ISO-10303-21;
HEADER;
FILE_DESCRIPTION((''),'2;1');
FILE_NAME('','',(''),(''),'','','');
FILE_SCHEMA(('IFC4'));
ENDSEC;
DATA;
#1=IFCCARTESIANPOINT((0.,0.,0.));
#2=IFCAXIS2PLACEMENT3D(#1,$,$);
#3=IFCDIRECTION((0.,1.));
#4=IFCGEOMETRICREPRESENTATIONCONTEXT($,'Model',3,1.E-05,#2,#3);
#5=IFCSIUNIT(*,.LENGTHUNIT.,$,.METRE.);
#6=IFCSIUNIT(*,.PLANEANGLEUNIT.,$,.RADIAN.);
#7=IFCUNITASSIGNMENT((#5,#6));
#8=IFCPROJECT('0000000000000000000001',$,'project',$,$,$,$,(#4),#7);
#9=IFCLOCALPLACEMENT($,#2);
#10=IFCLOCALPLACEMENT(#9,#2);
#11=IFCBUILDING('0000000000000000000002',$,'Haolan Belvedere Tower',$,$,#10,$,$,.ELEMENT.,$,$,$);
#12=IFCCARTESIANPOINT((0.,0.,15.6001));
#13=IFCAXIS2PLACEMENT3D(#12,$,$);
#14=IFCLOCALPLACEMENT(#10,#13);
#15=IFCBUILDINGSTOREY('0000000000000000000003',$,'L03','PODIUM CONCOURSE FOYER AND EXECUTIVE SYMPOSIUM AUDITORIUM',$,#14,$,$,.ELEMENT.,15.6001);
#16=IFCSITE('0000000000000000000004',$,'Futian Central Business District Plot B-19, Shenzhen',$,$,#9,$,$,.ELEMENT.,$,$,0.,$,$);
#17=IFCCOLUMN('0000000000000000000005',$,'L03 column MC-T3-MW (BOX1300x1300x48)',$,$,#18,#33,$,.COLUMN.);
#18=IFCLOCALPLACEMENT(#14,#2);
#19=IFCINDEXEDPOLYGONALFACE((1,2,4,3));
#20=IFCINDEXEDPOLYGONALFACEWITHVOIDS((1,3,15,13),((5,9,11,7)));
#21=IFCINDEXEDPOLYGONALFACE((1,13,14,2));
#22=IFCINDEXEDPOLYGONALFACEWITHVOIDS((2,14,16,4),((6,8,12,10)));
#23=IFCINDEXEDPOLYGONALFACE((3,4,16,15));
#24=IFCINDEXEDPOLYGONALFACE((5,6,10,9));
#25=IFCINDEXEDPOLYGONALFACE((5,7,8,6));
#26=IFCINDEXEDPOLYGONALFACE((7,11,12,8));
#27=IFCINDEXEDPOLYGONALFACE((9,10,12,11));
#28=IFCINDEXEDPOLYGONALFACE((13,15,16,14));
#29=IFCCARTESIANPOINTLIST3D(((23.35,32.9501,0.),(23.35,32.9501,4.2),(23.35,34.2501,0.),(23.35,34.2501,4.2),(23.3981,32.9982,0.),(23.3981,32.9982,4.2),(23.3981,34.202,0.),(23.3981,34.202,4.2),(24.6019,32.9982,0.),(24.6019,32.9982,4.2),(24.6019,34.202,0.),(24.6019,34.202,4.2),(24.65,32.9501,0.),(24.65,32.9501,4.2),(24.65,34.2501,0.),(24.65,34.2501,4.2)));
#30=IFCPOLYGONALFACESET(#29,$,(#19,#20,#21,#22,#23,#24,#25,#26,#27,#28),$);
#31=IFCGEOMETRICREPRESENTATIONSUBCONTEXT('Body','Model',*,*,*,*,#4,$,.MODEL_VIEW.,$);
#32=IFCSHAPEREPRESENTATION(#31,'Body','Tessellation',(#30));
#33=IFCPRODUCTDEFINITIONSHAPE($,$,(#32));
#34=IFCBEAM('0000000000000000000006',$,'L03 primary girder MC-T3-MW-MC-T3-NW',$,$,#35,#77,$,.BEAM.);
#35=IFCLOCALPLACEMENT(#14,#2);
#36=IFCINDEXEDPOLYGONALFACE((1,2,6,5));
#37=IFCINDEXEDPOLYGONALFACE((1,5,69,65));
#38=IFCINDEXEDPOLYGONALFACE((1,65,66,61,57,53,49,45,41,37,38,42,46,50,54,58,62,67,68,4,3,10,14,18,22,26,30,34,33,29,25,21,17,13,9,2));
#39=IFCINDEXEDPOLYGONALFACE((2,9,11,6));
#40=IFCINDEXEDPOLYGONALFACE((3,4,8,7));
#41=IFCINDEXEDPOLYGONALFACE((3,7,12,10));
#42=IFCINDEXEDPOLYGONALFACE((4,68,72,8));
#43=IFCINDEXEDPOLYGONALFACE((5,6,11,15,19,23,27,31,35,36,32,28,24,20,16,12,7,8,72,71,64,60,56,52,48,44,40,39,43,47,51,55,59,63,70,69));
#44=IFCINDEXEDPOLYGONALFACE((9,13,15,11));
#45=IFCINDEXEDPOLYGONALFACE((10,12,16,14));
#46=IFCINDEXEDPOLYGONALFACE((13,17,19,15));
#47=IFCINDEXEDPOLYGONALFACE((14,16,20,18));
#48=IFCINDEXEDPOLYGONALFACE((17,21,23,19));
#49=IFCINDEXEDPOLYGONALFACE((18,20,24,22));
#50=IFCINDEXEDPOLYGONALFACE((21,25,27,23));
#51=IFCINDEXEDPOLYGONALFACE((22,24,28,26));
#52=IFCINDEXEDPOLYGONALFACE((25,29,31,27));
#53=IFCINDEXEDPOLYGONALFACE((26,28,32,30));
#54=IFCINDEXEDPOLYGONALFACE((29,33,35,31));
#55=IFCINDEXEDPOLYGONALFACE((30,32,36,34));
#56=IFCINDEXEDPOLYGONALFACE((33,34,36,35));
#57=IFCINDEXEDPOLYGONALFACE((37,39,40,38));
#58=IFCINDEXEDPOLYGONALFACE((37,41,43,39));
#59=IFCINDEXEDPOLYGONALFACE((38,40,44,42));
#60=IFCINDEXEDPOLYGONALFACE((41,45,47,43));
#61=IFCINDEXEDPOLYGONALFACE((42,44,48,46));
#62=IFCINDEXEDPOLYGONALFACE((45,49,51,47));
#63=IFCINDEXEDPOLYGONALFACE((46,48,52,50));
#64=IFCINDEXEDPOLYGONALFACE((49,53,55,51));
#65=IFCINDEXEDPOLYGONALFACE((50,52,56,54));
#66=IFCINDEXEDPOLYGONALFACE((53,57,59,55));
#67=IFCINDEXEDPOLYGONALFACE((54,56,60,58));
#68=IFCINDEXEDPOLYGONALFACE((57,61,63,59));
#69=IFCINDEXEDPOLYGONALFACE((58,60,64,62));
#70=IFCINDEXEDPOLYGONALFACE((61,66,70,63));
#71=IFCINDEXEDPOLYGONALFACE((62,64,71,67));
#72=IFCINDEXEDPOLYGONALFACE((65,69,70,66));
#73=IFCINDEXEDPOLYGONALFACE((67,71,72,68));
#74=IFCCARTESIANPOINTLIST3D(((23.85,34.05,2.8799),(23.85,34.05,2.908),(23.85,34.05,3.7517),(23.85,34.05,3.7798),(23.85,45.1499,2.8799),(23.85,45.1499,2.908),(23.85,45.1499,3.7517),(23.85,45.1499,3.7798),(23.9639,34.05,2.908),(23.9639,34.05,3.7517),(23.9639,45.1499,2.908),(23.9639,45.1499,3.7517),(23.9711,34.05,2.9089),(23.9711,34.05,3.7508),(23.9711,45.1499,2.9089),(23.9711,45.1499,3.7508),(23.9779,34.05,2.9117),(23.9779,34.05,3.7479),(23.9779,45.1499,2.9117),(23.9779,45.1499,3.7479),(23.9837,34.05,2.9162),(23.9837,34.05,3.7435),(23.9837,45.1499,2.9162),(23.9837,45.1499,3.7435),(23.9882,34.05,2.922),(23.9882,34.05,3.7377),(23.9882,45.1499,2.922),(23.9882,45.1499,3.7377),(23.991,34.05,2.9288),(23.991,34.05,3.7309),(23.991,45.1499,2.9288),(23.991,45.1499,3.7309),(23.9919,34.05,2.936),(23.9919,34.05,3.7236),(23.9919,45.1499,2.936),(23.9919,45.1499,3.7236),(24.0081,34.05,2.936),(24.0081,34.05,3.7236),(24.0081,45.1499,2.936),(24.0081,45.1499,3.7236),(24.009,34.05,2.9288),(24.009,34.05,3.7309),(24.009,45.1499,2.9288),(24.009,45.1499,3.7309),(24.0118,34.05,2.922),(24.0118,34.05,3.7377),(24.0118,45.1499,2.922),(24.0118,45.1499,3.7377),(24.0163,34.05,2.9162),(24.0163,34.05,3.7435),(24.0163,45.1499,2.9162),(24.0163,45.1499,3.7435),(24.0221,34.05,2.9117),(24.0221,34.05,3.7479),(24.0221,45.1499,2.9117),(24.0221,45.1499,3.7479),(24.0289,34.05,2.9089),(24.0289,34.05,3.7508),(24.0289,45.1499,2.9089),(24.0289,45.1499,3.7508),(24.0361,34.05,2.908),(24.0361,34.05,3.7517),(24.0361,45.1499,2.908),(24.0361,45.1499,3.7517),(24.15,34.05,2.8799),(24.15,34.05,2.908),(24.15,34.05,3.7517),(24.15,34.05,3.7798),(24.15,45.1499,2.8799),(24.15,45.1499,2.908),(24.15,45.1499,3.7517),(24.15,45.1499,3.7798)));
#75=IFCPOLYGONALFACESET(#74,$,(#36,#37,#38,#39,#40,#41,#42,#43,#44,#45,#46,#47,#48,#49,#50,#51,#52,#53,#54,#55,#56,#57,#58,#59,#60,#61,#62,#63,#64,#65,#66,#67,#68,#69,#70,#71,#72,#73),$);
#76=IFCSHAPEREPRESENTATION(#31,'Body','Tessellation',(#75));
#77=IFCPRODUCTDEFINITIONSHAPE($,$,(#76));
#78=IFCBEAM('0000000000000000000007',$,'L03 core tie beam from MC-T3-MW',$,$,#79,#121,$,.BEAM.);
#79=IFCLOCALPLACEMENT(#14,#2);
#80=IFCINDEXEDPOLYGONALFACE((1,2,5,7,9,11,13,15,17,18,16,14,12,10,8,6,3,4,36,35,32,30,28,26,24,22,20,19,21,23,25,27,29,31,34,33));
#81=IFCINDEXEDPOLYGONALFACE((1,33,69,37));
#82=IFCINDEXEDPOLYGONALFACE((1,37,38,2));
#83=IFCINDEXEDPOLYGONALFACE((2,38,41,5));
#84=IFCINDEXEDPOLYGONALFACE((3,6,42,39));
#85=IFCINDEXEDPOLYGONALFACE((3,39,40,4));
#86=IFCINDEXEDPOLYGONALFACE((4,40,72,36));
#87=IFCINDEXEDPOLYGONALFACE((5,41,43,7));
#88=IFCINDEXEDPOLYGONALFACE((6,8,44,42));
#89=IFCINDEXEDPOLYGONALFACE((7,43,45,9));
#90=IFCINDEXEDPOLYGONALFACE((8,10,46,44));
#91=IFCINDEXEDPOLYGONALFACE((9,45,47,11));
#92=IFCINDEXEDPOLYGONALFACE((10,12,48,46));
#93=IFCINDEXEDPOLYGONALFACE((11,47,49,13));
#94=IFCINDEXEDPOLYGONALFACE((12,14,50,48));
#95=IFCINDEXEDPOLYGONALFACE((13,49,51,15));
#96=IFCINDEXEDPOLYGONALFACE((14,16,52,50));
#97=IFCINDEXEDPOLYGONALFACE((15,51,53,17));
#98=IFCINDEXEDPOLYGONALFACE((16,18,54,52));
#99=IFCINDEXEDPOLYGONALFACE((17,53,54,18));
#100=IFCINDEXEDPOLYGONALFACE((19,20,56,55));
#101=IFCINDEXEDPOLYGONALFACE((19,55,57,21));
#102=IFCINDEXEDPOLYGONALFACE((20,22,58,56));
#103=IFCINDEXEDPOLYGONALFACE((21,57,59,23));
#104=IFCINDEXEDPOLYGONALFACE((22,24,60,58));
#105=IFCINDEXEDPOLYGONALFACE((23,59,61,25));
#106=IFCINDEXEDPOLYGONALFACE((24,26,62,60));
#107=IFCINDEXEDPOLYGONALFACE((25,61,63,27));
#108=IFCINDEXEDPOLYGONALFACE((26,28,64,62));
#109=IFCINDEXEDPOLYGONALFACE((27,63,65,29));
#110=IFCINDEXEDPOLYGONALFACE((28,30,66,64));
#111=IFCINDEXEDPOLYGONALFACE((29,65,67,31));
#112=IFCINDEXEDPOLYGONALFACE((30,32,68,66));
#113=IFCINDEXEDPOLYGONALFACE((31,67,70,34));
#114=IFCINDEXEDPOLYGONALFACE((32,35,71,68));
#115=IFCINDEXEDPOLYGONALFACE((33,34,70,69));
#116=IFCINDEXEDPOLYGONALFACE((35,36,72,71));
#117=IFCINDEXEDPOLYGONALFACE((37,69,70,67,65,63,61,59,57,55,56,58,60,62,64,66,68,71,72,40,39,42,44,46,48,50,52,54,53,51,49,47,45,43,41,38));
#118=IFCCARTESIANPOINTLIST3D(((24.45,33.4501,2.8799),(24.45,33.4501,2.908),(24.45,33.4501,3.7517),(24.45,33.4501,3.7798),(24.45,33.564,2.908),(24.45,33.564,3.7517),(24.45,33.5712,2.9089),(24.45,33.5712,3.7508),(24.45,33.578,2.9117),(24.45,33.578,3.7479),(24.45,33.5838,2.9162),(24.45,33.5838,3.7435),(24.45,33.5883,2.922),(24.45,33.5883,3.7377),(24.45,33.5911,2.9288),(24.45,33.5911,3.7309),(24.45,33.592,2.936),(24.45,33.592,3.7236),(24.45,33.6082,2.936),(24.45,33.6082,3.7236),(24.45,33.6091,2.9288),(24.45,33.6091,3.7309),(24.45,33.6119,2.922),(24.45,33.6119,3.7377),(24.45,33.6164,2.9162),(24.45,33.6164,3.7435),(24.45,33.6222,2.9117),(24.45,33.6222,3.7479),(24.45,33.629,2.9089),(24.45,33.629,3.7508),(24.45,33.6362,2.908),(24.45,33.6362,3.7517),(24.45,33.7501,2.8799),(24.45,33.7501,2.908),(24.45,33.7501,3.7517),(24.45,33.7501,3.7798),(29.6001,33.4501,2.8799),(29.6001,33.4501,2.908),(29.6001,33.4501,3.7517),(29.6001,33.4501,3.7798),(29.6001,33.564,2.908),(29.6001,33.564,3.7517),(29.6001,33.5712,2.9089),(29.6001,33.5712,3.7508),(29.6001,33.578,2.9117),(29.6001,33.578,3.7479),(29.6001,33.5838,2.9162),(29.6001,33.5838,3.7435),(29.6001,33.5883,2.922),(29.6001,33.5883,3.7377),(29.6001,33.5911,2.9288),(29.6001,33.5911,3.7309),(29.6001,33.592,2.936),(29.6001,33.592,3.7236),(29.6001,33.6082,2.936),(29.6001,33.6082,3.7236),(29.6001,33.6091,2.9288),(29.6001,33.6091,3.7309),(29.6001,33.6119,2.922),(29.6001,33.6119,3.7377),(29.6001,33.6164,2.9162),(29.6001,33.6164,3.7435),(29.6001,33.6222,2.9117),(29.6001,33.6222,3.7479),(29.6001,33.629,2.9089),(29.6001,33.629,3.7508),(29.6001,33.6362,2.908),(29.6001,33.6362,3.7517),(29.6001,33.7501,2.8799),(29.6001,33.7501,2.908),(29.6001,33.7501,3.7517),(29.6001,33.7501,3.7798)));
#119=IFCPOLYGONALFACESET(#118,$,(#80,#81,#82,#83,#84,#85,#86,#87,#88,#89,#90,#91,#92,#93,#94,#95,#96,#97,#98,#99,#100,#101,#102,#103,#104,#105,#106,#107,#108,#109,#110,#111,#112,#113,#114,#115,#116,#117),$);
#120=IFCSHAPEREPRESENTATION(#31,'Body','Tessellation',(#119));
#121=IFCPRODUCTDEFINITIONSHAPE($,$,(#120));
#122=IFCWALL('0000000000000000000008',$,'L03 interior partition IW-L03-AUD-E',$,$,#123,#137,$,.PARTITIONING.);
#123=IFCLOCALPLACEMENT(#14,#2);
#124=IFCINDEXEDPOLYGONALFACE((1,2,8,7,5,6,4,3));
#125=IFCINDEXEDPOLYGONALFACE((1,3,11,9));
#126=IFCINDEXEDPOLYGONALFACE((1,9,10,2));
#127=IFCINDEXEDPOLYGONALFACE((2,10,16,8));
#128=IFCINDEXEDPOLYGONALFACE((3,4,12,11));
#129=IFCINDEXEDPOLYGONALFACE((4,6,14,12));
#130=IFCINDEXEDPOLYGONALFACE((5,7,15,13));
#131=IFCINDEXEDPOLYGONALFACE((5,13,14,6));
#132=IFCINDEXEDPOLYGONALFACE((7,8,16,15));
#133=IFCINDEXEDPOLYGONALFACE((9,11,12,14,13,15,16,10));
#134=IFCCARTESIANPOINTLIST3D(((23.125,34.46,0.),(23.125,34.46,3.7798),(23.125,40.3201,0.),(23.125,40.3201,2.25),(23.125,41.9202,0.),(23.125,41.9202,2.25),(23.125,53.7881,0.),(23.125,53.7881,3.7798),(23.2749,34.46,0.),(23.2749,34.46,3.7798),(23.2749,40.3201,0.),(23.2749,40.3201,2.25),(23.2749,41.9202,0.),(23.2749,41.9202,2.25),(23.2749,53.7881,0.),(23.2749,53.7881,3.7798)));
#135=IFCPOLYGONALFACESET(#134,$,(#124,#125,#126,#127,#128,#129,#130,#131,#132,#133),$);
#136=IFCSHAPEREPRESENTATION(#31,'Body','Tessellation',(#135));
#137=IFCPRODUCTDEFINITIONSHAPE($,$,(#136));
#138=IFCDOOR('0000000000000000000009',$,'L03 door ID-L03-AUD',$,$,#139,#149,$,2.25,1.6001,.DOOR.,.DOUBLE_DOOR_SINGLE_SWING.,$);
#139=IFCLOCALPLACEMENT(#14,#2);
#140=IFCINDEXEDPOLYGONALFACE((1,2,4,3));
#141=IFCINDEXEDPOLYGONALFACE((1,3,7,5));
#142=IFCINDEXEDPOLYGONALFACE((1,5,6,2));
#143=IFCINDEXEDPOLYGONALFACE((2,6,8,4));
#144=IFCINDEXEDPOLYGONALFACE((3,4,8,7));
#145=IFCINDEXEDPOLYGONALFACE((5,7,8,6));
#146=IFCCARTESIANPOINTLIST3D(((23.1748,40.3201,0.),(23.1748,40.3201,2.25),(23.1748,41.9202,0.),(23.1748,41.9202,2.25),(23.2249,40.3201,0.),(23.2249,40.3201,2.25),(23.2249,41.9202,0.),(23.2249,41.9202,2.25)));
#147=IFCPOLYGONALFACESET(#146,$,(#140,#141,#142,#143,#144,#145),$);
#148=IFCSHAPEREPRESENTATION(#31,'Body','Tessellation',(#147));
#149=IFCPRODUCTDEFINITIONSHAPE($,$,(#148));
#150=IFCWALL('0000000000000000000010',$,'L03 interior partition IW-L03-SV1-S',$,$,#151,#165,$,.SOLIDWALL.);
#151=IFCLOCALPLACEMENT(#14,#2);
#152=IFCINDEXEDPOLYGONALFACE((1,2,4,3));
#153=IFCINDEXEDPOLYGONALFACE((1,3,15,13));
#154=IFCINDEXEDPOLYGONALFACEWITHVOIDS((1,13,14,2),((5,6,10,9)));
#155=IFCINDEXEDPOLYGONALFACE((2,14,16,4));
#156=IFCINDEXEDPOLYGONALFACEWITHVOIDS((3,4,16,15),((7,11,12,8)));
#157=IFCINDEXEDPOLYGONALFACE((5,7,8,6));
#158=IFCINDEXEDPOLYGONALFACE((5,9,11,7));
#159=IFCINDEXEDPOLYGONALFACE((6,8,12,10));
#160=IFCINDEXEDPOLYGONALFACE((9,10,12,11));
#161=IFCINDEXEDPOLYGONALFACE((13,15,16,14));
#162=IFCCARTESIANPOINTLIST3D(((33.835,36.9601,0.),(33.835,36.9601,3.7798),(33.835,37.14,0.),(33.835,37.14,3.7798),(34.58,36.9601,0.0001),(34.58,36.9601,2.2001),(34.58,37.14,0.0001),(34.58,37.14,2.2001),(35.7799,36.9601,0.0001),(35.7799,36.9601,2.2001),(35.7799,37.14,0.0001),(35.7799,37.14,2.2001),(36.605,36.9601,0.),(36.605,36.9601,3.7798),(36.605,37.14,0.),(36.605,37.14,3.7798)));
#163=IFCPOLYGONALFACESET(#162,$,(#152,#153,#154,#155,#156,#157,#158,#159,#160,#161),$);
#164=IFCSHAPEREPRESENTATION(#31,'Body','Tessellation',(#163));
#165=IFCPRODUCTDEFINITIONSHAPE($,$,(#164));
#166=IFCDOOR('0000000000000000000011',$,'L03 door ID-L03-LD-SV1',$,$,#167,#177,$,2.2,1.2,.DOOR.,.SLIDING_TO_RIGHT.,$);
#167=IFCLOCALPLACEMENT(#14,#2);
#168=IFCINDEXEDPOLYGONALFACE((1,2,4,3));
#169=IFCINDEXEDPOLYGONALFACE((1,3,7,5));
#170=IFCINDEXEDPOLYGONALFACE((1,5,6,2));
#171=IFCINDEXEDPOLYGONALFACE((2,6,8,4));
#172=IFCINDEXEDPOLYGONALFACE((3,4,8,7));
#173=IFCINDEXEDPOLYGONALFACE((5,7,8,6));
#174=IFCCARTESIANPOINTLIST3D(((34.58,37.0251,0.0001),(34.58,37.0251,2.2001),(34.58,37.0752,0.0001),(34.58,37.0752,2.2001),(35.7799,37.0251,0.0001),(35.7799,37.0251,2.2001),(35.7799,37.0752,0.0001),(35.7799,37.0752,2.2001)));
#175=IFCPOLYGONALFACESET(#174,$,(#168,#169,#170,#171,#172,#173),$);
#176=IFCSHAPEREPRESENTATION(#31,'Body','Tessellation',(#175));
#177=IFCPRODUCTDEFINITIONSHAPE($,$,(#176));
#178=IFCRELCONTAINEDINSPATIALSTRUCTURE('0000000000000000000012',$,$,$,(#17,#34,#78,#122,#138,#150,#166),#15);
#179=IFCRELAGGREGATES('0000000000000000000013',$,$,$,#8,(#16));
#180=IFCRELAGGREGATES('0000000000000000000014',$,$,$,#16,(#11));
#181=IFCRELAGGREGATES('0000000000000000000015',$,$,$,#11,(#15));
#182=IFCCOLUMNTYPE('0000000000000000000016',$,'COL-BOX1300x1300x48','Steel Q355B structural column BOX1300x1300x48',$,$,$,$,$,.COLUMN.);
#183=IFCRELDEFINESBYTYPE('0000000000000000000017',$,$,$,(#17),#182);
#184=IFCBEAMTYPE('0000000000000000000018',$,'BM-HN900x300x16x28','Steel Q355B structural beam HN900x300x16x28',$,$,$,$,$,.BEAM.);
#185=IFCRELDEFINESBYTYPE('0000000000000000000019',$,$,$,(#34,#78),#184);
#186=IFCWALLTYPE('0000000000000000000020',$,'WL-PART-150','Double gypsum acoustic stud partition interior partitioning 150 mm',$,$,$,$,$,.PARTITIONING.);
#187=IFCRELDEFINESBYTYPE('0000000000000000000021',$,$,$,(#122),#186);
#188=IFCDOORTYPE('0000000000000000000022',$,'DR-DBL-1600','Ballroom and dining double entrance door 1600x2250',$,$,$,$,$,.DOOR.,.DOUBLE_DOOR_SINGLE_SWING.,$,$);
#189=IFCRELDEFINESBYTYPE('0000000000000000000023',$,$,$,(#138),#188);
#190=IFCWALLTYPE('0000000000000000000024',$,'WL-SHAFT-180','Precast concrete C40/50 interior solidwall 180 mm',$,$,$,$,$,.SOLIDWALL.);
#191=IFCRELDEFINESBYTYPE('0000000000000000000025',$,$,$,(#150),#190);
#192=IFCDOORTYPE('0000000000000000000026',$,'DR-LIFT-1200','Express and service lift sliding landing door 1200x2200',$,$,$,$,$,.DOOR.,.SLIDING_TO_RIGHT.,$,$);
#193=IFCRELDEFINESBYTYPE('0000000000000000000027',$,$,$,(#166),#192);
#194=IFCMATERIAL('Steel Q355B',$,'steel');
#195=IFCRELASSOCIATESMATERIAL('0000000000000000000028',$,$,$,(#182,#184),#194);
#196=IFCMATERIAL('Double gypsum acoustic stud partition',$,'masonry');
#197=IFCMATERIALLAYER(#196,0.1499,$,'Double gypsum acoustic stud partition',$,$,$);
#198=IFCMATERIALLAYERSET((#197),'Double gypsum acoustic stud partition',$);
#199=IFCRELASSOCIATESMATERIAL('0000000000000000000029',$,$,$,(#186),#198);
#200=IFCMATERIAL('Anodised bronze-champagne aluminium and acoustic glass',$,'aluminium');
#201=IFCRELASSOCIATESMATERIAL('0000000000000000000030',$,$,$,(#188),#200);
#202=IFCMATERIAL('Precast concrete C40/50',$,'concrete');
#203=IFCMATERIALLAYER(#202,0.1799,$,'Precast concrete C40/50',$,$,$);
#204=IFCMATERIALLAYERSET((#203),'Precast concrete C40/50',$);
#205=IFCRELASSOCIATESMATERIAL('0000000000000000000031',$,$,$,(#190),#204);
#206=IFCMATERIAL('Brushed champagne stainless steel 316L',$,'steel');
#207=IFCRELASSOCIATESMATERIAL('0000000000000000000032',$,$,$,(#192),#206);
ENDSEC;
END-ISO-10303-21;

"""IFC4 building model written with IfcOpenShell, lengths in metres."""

from ifc_helpers import new_model, si_unit, direction, frame, frame_2d, origin, origin_2d, place, context, subcontext, project, spatial, rectangle, hollow_rectangle, i_section, extrude, material, layer, layer_set, material_profile, profile_set, type_object, element, fill, save


model = new_model("IFC4")

# Units and contexts
model_context = context("Model", 3, precision=1e-05, world=origin(), true_north=direction((0.0, 1.0)))
body_context = subcontext(model_context, "Body", "Model", "MODEL_VIEW")
ifc_project = project(units=[si_unit("LENGTHUNIT", "METRE"), si_unit("PLANEANGLEUNIT", "RADIAN")], contexts=[model_context])

# Site, building, storey
site_placement = place(None, origin())
site = spatial("IfcSite", under=ifc_project, at=site_placement, Name="Futian Central Business District Plot B-19, Shenzhen", CompositionType="ELEMENT", RefElevation=0.0)
building_placement = place(site_placement, origin())
building = spatial("IfcBuilding", under=site, at=building_placement, Name="Haolan Belvedere Tower", CompositionType="ELEMENT")
storey_placement = place(building_placement, frame((0.0, 0.0, 15.6001)))
storey = spatial("IfcBuildingStorey", under=building, at=storey_placement, Name="L03", Description="PODIUM CONCOURSE FOYER AND EXECUTIVE SYMPOSIUM AUDITORIUM", CompositionType="ELEMENT", Elevation=15.6001)

# Column
ifc_material_1 = material(Name="Steel Q355B", Category="steel")
ifc_material_profile_1 = material_profile(ifc_material_1, hollow_rectangle(XDim=1.3, YDim=1.3, WallThickness=0.0481, at=origin_2d()), Name="Steel Q355B")
ifc_profile_set_1 = profile_set([ifc_material_profile_1], Name="Steel Q355B")
column_type = type_object("IfcColumnType", Name="COL-BOX1300x1300x48", Description="Steel Q355B structural column BOX1300x1300x48", PredefinedType="COLUMN", material=ifc_profile_set_1)
column_placement = place(storey_placement, frame((24.0, 33.6001, 0.0), z_axis=(0.0, 0.0, 1.0), x_axis=(1.0, 0.0, 0.0)))
element("IfcColumn", 1, at=column_placement, inside=storey, type_object=column_type, Name="L03 column MC-T3-MW (BOX1300x1300x48)", PredefinedType="COLUMN", context=body_context, shape_type="SweptSolid", body=[
    extrude(hollow_rectangle(XDim=1.3, YDim=1.3, WallThickness=0.0481, at=origin_2d()), origin(), (0.0, 0.0, 1.0), 4.2),
])

# Beams
ifc_material_profile_2 = material_profile(ifc_material_1, i_section(OverallWidth=0.3, OverallDepth=0.8999, WebThickness=0.0161, FlangeThickness=0.0281, FilletRadius=0.0281, at=origin_2d()), Name="Steel Q355B")
ifc_profile_set_2 = profile_set([ifc_material_profile_2], Name="Steel Q355B")
beam_type = type_object("IfcBeamType", Name="BM-HN900x300x16x28", Description="Steel Q355B structural beam HN900x300x16x28", PredefinedType="BEAM", material=ifc_profile_set_2)
beam_1_placement = place(storey_placement, frame((24.0, 34.05, 3.3298), z_axis=(0.0, 1.0, 0.0), x_axis=(-1.0, 0.0, 0.0)))
element("IfcBeam", 2, at=beam_1_placement, inside=storey, type_object=beam_type, Name="L03 primary girder MC-T3-MW-MC-T3-NW", PredefinedType="BEAM", context=body_context, shape_type="SweptSolid", body=[
    extrude(i_section(OverallWidth=0.3, OverallDepth=0.8999, WebThickness=0.0161, FlangeThickness=0.0281, FilletRadius=0.0281, at=origin_2d()), origin(), (0.0, 0.0, 1.0), 11.0999),
])
beam_2_placement = place(storey_placement, frame((24.45, 33.6001, 3.3298), z_axis=(1.0, 0.0, 0.0), x_axis=(0.0, 1.0, 0.0)))
element("IfcBeam", 3, at=beam_2_placement, inside=storey, type_object=beam_type, Name="L03 core tie beam from MC-T3-MW", PredefinedType="BEAM", context=body_context, shape_type="SweptSolid", body=[
    extrude(i_section(OverallWidth=0.3, OverallDepth=0.8999, WebThickness=0.0161, FlangeThickness=0.0281, FilletRadius=0.0281, at=origin_2d()), origin(), (0.0, 0.0, 1.0), 5.1501),
])

# Walls, openings, doors
ifc_material_2 = material(Name="Double gypsum acoustic stud partition", Category="masonry")
ifc_layer_1 = layer(ifc_material_2, 0.1499, Name="Double gypsum acoustic stud partition")
ifc_layer_set_1 = layer_set([ifc_layer_1], Name="Double gypsum acoustic stud partition")
wall_type_1 = type_object("IfcWallType", Name="WL-PART-150", Description="Double gypsum acoustic stud partition interior partitioning 150 mm", PredefinedType="PARTITIONING", material=ifc_layer_set_1)
wall_1_placement = place(storey_placement, frame((23.2, 34.46, 0.0), z_axis=(0.0, 0.0, 1.0), x_axis=(0.0, 1.0, 0.0)))
wall_1 = element("IfcWall", 4, at=wall_1_placement, inside=storey, type_object=wall_type_1, Name="L03 interior partition IW-L03-AUD-E", PredefinedType="PARTITIONING", context=body_context, shape_type="SweptSolid", body=[
    extrude(rectangle(XDim=19.3281, YDim=0.1499, at=frame_2d((9.6641, 0.0))), origin(), (0.0, 0.0, 1.0), 3.7798),
])
opening_1_placement = place(wall_1_placement, frame((7.4602, 0.0, 0.0), z_axis=(0.0, 0.0, 1.0), x_axis=(-1.0, 0.0, 0.0)))
opening_1 = element("IfcOpeningElement", 5, at=opening_1_placement, cuts=wall_1, PredefinedType="OPENING", context=body_context, shape_type="SweptSolid", body=[
    extrude(rectangle(XDim=1.6001, YDim=2.25, at=frame_2d((0.8, 1.125))), frame((0.0, 0.085, 0.0), z_axis=(0.0, -1.0, 0.0), x_axis=(1.0, 0.0, 0.0)), (0.0, 0.0, 1.0), 0.1699),
])
ifc_material_3 = material(Name="Anodised bronze-champagne aluminium and acoustic glass", Category="aluminium")
door_type_1 = type_object("IfcDoorType", Name="DR-DBL-1600", Description="Ballroom and dining double entrance door 1600x2250", OperationType="DOUBLE_DOOR_SINGLE_SWING", PredefinedType="DOOR", material=ifc_material_3)
door_1_placement = place(opening_1_placement, origin())
door_1 = element("IfcDoor", 6, at=door_1_placement, inside=storey, type_object=door_type_1, Name="L03 door ID-L03-AUD", OperationType="DOUBLE_DOOR_SINGLE_SWING", OverallHeight=2.25, OverallWidth=1.6001, PredefinedType="DOOR", context=body_context, shape_type="SweptSolid", body=[
    extrude(rectangle(XDim=1.6001, YDim=2.25, at=frame_2d((0.8, 1.125))), frame((0.0, 0.0249, 0.0), z_axis=(0.0, -1.0, 0.0), x_axis=(1.0, 0.0, 0.0)), (0.0, 0.0, 1.0), 0.05),
])
fill(opening_1, door_1)
ifc_material_4 = material(Name="Precast concrete C40/50", Category="concrete")
ifc_layer_2 = layer(ifc_material_4, 0.1799, Name="Precast concrete C40/50")
ifc_layer_set_2 = layer_set([ifc_layer_2], Name="Precast concrete C40/50")
wall_type_2 = type_object("IfcWallType", Name="WL-SHAFT-180", Description="Precast concrete C40/50 interior solidwall 180 mm", PredefinedType="SOLIDWALL", material=ifc_layer_set_2)
wall_2_placement = place(storey_placement, frame((33.835, 37.05, 0.0), z_axis=(0.0, 0.0, 1.0), x_axis=(1.0, 0.0, 0.0)))
wall_2 = element("IfcWall", 7, at=wall_2_placement, inside=storey, type_object=wall_type_2, Name="L03 interior partition IW-L03-SV1-S", PredefinedType="SOLIDWALL", context=body_context, shape_type="SweptSolid", body=[
    extrude(rectangle(XDim=2.77, YDim=0.1799, at=frame_2d((1.385, 0.0))), origin(), (0.0, 0.0, 1.0), 3.7798),
])
opening_2_placement = place(wall_2_placement, frame((1.9451, 0.0, 0.0), z_axis=(0.0, 0.0, 1.0), x_axis=(-1.0, 0.0, 0.0)))
opening_2 = element("IfcOpeningElement", 8, at=opening_2_placement, cuts=wall_2, PredefinedType="OPENING", context=body_context, shape_type="SweptSolid", body=[
    extrude(rectangle(XDim=1.2, YDim=2.2, at=frame_2d((0.6001, 1.1001))), frame((0.0, 0.0999, 0.0), z_axis=(0.0, -1.0, 0.0), x_axis=(1.0, 0.0, 0.0)), (0.0, 0.0, 1.0), 0.2),
])
ifc_material_5 = material(Name="Brushed champagne stainless steel 316L", Category="steel")
door_type_2 = type_object("IfcDoorType", Name="DR-LIFT-1200", Description="Express and service lift sliding landing door 1200x2200", OperationType="SLIDING_TO_RIGHT", PredefinedType="DOOR", material=ifc_material_5)
door_2_placement = place(opening_2_placement, origin())
door_2 = element("IfcDoor", 9, at=door_2_placement, inside=storey, type_object=door_type_2, Name="L03 door ID-L03-LD-SV1", OperationType="SLIDING_TO_RIGHT", OverallHeight=2.2, OverallWidth=1.2, PredefinedType="DOOR", context=body_context, shape_type="SweptSolid", body=[
    extrude(rectangle(XDim=1.2, YDim=2.2, at=frame_2d((0.6001, 1.1001))), frame((0.0, 0.0249, 0.0), z_axis=(0.0, -1.0, 0.0), x_axis=(1.0, 0.0, 0.0)), (0.0, 0.0, 1.0), 0.05),
])
fill(opening_2, door_2)

save(model, "model.ifc")
